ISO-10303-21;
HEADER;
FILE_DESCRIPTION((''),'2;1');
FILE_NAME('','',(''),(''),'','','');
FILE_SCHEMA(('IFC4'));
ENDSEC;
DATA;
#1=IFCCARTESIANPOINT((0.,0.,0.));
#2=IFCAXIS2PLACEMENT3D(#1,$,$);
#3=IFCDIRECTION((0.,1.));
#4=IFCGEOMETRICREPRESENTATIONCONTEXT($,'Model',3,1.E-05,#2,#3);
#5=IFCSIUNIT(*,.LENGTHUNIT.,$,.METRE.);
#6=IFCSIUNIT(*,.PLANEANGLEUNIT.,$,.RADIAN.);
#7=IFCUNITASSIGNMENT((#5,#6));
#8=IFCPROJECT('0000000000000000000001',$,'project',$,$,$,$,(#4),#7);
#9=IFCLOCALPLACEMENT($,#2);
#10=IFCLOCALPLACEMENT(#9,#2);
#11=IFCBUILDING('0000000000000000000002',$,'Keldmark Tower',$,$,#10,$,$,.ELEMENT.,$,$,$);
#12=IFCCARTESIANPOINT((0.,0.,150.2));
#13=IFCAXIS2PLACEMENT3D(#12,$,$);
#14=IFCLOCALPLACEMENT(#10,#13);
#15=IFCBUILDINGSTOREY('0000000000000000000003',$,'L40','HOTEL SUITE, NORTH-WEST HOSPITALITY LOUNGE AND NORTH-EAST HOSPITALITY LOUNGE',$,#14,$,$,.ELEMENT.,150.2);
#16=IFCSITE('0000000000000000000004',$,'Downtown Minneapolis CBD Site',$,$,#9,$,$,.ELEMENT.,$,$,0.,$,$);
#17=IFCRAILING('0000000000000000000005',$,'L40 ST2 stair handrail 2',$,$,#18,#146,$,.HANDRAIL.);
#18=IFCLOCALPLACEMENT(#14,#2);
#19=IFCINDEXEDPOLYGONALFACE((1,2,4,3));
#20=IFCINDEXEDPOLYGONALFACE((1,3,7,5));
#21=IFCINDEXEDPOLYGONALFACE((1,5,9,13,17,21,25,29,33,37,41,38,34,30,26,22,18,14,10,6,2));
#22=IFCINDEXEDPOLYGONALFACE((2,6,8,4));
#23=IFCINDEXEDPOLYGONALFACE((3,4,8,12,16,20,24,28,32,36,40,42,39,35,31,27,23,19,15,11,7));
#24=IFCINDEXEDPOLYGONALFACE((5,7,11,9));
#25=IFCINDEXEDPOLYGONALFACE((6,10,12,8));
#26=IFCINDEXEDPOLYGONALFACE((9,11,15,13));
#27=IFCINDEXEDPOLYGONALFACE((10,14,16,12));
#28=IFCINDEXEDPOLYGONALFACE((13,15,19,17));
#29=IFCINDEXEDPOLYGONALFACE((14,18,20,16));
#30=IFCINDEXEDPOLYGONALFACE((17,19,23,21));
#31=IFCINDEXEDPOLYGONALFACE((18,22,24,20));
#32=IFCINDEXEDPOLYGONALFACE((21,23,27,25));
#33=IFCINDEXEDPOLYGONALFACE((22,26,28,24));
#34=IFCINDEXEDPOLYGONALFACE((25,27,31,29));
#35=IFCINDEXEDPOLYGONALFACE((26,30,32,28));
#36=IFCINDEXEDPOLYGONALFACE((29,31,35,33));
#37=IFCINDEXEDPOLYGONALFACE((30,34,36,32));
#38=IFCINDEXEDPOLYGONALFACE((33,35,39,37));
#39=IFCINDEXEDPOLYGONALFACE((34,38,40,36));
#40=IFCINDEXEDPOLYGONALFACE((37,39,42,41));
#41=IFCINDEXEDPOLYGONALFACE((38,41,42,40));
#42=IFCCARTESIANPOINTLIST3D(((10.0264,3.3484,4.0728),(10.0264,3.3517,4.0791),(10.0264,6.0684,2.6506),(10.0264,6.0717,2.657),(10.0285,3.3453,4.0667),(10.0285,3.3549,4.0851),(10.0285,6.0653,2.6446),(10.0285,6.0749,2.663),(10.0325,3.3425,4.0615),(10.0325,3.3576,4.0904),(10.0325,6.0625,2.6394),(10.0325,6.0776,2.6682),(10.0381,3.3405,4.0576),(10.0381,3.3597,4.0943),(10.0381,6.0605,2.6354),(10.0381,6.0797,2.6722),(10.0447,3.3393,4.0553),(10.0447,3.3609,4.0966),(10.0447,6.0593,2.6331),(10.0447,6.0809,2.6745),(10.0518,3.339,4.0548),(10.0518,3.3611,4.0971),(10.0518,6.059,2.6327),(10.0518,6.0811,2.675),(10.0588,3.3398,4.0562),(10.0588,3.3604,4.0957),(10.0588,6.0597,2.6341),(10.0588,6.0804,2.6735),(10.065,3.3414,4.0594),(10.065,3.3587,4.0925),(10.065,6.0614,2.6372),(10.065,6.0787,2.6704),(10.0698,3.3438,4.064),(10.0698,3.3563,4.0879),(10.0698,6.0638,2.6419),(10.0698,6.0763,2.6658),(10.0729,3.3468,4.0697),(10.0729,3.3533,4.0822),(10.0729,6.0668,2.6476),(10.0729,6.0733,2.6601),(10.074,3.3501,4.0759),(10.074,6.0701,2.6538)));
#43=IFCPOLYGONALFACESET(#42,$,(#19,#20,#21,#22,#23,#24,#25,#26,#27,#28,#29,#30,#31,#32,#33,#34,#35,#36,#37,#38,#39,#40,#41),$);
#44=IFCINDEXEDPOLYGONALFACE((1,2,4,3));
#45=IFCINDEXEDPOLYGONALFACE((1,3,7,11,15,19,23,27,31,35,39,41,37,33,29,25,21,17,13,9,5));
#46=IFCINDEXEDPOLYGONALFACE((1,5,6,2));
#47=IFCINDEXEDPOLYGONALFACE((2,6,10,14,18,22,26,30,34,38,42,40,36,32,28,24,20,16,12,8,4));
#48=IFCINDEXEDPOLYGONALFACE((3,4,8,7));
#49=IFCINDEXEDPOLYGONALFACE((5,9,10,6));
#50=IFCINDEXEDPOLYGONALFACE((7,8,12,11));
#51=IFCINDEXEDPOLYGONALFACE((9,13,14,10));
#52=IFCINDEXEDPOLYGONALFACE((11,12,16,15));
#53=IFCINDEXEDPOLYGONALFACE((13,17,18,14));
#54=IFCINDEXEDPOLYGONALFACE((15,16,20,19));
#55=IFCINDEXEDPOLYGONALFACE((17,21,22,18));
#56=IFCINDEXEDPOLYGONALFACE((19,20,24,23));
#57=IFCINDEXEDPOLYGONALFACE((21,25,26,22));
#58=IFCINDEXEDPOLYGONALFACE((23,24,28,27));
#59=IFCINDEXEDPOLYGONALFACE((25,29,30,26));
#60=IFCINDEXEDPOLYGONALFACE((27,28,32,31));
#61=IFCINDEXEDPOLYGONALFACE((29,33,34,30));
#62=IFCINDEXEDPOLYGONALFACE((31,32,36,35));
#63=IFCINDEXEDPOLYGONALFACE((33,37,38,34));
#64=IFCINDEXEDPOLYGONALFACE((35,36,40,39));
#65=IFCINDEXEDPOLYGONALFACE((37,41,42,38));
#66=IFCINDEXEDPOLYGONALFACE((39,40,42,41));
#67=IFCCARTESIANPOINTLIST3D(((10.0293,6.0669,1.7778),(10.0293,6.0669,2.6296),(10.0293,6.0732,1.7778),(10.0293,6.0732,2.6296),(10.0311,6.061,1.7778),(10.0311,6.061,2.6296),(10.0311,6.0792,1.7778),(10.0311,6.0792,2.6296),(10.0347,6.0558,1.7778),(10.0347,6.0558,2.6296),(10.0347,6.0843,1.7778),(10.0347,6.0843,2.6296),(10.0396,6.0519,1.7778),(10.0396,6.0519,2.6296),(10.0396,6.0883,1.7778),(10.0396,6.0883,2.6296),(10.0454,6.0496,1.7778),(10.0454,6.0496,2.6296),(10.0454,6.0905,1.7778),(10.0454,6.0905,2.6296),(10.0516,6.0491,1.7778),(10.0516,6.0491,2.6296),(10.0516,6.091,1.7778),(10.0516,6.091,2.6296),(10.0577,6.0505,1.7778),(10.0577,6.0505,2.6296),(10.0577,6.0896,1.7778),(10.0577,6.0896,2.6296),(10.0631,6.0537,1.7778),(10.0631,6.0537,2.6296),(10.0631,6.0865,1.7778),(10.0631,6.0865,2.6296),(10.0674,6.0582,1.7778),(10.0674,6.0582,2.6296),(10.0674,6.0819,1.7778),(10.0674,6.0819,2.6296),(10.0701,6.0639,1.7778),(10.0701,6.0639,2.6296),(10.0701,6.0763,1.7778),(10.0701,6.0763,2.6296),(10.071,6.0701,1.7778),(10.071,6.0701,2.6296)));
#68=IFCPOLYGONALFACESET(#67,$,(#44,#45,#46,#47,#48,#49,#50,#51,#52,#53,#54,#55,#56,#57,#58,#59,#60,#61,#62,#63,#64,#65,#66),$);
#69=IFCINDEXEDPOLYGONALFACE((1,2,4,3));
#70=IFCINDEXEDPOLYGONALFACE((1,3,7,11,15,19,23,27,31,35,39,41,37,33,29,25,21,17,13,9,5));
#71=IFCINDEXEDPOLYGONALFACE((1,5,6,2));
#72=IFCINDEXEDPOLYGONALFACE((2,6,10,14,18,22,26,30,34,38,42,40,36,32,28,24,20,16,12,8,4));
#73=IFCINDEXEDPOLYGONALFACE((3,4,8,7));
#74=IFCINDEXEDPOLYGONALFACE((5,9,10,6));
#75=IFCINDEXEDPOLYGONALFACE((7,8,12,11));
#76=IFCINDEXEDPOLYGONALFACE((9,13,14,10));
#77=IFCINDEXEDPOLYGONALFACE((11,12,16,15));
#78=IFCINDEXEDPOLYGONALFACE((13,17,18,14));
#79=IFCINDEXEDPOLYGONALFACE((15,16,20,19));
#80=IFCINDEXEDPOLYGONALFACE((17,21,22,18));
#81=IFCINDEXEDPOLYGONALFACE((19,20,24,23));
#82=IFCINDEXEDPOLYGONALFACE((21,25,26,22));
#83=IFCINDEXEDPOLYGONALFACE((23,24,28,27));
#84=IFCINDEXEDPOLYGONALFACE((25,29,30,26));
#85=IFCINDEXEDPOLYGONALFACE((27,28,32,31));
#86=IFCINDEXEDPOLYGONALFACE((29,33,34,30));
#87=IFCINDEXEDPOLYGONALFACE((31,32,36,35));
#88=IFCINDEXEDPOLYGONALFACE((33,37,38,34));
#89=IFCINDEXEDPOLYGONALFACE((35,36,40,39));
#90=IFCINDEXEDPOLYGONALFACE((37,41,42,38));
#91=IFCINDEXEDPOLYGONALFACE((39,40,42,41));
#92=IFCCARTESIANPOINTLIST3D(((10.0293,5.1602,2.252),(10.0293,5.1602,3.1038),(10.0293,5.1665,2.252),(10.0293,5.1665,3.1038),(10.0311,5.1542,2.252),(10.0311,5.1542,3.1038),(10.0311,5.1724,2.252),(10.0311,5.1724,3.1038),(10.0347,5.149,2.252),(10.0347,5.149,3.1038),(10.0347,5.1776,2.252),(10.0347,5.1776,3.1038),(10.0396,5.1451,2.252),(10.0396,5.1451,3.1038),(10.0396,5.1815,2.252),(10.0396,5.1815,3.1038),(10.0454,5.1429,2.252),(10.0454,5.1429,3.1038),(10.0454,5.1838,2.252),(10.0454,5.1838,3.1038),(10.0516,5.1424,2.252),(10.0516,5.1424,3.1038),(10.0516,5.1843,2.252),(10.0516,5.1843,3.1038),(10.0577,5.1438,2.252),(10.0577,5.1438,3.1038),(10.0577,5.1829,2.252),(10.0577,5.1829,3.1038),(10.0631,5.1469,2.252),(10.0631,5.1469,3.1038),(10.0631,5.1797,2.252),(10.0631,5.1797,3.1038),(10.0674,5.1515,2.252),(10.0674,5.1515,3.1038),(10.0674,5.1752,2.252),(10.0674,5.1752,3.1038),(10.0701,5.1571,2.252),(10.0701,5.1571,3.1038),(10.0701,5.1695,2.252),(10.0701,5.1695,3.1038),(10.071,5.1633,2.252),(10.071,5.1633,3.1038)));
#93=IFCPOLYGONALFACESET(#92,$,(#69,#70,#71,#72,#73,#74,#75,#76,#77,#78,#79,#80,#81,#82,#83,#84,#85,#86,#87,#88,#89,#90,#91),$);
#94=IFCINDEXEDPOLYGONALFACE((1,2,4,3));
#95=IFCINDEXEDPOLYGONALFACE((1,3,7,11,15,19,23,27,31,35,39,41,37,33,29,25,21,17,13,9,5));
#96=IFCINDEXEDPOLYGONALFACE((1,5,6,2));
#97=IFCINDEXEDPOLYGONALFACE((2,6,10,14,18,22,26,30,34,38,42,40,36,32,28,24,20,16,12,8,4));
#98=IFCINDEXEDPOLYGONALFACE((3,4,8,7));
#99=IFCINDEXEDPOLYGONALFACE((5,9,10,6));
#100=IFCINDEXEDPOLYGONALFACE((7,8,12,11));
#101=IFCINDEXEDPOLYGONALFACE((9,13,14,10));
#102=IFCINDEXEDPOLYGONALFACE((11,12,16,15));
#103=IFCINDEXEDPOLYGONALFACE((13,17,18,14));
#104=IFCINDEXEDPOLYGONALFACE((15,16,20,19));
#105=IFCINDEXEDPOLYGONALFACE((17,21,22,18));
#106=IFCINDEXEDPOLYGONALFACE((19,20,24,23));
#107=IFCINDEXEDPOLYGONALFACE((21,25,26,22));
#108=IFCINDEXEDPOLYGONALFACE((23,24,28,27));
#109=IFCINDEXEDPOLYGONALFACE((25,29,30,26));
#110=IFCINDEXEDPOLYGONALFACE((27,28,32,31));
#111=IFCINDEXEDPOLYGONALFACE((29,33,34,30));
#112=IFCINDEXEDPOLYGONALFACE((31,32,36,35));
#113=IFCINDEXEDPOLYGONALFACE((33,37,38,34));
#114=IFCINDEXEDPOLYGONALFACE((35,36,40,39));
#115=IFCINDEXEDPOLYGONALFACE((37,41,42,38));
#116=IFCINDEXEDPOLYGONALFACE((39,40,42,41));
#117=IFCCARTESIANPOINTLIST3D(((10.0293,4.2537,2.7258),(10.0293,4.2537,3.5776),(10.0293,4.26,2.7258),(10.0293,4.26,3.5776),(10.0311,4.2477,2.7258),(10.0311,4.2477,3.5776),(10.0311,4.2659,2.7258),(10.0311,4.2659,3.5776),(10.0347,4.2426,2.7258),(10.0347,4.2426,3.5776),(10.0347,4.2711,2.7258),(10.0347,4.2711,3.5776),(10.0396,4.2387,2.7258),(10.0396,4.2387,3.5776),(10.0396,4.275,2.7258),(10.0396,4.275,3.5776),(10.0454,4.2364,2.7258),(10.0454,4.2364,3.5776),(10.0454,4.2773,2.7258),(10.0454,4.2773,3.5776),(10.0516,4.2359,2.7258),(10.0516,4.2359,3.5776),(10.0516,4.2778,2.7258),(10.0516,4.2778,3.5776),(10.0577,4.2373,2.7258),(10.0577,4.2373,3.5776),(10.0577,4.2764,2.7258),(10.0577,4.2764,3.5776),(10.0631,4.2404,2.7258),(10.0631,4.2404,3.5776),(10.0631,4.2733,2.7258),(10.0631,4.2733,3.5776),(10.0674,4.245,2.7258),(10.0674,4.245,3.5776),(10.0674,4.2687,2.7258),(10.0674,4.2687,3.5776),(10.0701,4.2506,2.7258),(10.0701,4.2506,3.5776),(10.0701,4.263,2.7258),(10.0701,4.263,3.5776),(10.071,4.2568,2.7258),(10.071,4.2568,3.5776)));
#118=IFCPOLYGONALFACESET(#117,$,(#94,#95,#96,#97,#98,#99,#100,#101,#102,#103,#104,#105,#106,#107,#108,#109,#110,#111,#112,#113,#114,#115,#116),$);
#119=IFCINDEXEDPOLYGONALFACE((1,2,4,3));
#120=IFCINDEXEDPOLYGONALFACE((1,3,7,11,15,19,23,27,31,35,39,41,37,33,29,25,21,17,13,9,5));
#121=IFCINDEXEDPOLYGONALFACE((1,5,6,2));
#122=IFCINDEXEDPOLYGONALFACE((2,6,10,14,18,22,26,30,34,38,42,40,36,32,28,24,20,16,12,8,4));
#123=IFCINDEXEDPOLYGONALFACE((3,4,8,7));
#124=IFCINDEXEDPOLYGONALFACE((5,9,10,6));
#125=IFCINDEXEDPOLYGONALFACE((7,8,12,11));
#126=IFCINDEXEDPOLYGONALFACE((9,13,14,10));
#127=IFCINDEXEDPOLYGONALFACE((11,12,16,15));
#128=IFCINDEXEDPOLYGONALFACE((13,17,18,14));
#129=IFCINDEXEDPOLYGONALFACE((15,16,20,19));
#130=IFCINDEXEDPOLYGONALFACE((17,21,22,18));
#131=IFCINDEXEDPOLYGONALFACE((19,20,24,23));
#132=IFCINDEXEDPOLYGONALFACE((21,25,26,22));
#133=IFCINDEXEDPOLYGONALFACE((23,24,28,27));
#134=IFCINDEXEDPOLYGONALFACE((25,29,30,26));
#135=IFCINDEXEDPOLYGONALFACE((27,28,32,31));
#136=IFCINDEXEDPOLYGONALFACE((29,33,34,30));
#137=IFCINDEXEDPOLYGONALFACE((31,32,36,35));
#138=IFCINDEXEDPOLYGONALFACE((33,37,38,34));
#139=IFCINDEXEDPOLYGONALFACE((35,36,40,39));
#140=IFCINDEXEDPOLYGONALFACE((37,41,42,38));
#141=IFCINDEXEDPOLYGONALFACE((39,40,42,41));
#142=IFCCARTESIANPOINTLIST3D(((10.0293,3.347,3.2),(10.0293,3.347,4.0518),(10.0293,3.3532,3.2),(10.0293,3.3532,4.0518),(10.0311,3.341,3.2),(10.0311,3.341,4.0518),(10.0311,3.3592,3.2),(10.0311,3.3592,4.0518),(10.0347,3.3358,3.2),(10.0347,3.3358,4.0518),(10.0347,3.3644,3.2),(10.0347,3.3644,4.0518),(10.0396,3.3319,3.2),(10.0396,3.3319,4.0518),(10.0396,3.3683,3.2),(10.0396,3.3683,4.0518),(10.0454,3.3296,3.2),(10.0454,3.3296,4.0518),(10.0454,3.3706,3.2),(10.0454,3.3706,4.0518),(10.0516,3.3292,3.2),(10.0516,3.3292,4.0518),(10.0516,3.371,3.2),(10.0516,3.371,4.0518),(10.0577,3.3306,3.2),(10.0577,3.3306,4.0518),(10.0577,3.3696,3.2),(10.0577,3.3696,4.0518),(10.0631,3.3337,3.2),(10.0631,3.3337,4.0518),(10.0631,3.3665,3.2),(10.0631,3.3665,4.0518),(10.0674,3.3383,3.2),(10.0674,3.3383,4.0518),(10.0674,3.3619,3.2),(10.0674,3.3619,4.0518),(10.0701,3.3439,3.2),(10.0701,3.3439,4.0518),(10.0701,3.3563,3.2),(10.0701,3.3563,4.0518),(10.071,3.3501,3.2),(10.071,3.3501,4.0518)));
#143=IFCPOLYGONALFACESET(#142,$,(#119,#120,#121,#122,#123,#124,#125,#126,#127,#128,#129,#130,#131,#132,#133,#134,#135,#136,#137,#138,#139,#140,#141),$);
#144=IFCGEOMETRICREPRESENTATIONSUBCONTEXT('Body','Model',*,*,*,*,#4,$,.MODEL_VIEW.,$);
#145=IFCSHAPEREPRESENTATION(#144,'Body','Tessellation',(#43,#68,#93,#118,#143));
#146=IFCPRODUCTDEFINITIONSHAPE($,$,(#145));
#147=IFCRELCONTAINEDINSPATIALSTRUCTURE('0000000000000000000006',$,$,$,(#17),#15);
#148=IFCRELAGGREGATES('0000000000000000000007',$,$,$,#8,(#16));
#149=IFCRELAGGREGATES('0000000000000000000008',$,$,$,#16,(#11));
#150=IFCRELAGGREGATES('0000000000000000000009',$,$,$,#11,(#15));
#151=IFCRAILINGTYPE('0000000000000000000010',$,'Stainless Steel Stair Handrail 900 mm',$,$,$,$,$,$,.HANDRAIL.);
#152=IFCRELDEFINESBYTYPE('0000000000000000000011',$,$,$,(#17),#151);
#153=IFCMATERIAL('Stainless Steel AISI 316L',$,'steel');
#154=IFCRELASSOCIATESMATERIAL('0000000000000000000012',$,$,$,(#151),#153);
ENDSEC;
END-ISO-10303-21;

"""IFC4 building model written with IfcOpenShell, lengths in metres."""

from ifc_helpers import new_model, si_unit, direction, frame, origin, origin_2d, place, context, subcontext, project, spatial, circle, extrude, material, type_object, element, save


model = new_model("IFC4")

# Units and contexts
model_context = context("Model", 3, precision=1e-05, world=origin(), true_north=direction((0.0, 1.0)))
body_context = subcontext(model_context, "Body", "Model", "MODEL_VIEW")
ifc_project = project(units=[si_unit("LENGTHUNIT", "METRE"), si_unit("PLANEANGLEUNIT", "RADIAN")], contexts=[model_context])

# Site, building, storey
site_placement = place(None, origin())
site = spatial("IfcSite", under=ifc_project, at=site_placement, Name="Downtown Minneapolis CBD Site", CompositionType="ELEMENT", RefElevation=0.0)
building_placement = place(site_placement, origin())
building = spatial("IfcBuilding", under=site, at=building_placement, Name="Keldmark Tower", CompositionType="ELEMENT")
storey_placement = place(building_placement, frame((0.0, 0.0, 150.2)))
storey = spatial("IfcBuildingStorey", under=building, at=storey_placement, Name="L40", Description="HOTEL SUITE, NORTH-WEST HOSPITALITY LOUNGE AND NORTH-EAST HOSPITALITY LOUNGE", CompositionType="ELEMENT", Elevation=150.2)

# Railing
ifc_material_1 = material(Name="Stainless Steel AISI 316L", Category="steel")
railing_type_1 = type_object("IfcRailingType", Name="Stainless Steel Stair Handrail 900 mm", PredefinedType="HANDRAIL", material=ifc_material_1)
railing_1_placement = place(storey_placement, frame((10.05, 6.0701, 1.7778)))
element("IfcRailing", 1, at=railing_1_placement, inside=storey, type_object=railing_type_1, Name="L40 ST2 stair handrail 2", PredefinedType="HANDRAIL", context=body_context, shape_type="SweptSolid", body=[
    extrude(circle(Radius=0.0239, at=origin_2d()), frame((0.0, 0.0, 0.876), z_axis=(0.0, -0.886183, 0.463335), x_axis=(1.0, 0.0, 0.0)), (0.0, 0.0, 1.0), 3.0693),
    extrude(circle(Radius=0.021, at=origin_2d()), origin(), (0.0, 0.0, 1.0), 0.8518),
    extrude(circle(Radius=0.021, at=origin_2d()), frame((0.0, -0.9067, 0.4741)), (0.0, 0.0, 1.0), 0.8518),
    extrude(circle(Radius=0.021, at=origin_2d()), frame((0.0, -1.8132, 0.948)), (0.0, 0.0, 1.0), 0.8518),
    extrude(circle(Radius=0.021, at=origin_2d()), frame((0.0, -2.72, 1.4221)), (0.0, 0.0, 1.0), 0.8518),
])

save(model, "model.ifc")
